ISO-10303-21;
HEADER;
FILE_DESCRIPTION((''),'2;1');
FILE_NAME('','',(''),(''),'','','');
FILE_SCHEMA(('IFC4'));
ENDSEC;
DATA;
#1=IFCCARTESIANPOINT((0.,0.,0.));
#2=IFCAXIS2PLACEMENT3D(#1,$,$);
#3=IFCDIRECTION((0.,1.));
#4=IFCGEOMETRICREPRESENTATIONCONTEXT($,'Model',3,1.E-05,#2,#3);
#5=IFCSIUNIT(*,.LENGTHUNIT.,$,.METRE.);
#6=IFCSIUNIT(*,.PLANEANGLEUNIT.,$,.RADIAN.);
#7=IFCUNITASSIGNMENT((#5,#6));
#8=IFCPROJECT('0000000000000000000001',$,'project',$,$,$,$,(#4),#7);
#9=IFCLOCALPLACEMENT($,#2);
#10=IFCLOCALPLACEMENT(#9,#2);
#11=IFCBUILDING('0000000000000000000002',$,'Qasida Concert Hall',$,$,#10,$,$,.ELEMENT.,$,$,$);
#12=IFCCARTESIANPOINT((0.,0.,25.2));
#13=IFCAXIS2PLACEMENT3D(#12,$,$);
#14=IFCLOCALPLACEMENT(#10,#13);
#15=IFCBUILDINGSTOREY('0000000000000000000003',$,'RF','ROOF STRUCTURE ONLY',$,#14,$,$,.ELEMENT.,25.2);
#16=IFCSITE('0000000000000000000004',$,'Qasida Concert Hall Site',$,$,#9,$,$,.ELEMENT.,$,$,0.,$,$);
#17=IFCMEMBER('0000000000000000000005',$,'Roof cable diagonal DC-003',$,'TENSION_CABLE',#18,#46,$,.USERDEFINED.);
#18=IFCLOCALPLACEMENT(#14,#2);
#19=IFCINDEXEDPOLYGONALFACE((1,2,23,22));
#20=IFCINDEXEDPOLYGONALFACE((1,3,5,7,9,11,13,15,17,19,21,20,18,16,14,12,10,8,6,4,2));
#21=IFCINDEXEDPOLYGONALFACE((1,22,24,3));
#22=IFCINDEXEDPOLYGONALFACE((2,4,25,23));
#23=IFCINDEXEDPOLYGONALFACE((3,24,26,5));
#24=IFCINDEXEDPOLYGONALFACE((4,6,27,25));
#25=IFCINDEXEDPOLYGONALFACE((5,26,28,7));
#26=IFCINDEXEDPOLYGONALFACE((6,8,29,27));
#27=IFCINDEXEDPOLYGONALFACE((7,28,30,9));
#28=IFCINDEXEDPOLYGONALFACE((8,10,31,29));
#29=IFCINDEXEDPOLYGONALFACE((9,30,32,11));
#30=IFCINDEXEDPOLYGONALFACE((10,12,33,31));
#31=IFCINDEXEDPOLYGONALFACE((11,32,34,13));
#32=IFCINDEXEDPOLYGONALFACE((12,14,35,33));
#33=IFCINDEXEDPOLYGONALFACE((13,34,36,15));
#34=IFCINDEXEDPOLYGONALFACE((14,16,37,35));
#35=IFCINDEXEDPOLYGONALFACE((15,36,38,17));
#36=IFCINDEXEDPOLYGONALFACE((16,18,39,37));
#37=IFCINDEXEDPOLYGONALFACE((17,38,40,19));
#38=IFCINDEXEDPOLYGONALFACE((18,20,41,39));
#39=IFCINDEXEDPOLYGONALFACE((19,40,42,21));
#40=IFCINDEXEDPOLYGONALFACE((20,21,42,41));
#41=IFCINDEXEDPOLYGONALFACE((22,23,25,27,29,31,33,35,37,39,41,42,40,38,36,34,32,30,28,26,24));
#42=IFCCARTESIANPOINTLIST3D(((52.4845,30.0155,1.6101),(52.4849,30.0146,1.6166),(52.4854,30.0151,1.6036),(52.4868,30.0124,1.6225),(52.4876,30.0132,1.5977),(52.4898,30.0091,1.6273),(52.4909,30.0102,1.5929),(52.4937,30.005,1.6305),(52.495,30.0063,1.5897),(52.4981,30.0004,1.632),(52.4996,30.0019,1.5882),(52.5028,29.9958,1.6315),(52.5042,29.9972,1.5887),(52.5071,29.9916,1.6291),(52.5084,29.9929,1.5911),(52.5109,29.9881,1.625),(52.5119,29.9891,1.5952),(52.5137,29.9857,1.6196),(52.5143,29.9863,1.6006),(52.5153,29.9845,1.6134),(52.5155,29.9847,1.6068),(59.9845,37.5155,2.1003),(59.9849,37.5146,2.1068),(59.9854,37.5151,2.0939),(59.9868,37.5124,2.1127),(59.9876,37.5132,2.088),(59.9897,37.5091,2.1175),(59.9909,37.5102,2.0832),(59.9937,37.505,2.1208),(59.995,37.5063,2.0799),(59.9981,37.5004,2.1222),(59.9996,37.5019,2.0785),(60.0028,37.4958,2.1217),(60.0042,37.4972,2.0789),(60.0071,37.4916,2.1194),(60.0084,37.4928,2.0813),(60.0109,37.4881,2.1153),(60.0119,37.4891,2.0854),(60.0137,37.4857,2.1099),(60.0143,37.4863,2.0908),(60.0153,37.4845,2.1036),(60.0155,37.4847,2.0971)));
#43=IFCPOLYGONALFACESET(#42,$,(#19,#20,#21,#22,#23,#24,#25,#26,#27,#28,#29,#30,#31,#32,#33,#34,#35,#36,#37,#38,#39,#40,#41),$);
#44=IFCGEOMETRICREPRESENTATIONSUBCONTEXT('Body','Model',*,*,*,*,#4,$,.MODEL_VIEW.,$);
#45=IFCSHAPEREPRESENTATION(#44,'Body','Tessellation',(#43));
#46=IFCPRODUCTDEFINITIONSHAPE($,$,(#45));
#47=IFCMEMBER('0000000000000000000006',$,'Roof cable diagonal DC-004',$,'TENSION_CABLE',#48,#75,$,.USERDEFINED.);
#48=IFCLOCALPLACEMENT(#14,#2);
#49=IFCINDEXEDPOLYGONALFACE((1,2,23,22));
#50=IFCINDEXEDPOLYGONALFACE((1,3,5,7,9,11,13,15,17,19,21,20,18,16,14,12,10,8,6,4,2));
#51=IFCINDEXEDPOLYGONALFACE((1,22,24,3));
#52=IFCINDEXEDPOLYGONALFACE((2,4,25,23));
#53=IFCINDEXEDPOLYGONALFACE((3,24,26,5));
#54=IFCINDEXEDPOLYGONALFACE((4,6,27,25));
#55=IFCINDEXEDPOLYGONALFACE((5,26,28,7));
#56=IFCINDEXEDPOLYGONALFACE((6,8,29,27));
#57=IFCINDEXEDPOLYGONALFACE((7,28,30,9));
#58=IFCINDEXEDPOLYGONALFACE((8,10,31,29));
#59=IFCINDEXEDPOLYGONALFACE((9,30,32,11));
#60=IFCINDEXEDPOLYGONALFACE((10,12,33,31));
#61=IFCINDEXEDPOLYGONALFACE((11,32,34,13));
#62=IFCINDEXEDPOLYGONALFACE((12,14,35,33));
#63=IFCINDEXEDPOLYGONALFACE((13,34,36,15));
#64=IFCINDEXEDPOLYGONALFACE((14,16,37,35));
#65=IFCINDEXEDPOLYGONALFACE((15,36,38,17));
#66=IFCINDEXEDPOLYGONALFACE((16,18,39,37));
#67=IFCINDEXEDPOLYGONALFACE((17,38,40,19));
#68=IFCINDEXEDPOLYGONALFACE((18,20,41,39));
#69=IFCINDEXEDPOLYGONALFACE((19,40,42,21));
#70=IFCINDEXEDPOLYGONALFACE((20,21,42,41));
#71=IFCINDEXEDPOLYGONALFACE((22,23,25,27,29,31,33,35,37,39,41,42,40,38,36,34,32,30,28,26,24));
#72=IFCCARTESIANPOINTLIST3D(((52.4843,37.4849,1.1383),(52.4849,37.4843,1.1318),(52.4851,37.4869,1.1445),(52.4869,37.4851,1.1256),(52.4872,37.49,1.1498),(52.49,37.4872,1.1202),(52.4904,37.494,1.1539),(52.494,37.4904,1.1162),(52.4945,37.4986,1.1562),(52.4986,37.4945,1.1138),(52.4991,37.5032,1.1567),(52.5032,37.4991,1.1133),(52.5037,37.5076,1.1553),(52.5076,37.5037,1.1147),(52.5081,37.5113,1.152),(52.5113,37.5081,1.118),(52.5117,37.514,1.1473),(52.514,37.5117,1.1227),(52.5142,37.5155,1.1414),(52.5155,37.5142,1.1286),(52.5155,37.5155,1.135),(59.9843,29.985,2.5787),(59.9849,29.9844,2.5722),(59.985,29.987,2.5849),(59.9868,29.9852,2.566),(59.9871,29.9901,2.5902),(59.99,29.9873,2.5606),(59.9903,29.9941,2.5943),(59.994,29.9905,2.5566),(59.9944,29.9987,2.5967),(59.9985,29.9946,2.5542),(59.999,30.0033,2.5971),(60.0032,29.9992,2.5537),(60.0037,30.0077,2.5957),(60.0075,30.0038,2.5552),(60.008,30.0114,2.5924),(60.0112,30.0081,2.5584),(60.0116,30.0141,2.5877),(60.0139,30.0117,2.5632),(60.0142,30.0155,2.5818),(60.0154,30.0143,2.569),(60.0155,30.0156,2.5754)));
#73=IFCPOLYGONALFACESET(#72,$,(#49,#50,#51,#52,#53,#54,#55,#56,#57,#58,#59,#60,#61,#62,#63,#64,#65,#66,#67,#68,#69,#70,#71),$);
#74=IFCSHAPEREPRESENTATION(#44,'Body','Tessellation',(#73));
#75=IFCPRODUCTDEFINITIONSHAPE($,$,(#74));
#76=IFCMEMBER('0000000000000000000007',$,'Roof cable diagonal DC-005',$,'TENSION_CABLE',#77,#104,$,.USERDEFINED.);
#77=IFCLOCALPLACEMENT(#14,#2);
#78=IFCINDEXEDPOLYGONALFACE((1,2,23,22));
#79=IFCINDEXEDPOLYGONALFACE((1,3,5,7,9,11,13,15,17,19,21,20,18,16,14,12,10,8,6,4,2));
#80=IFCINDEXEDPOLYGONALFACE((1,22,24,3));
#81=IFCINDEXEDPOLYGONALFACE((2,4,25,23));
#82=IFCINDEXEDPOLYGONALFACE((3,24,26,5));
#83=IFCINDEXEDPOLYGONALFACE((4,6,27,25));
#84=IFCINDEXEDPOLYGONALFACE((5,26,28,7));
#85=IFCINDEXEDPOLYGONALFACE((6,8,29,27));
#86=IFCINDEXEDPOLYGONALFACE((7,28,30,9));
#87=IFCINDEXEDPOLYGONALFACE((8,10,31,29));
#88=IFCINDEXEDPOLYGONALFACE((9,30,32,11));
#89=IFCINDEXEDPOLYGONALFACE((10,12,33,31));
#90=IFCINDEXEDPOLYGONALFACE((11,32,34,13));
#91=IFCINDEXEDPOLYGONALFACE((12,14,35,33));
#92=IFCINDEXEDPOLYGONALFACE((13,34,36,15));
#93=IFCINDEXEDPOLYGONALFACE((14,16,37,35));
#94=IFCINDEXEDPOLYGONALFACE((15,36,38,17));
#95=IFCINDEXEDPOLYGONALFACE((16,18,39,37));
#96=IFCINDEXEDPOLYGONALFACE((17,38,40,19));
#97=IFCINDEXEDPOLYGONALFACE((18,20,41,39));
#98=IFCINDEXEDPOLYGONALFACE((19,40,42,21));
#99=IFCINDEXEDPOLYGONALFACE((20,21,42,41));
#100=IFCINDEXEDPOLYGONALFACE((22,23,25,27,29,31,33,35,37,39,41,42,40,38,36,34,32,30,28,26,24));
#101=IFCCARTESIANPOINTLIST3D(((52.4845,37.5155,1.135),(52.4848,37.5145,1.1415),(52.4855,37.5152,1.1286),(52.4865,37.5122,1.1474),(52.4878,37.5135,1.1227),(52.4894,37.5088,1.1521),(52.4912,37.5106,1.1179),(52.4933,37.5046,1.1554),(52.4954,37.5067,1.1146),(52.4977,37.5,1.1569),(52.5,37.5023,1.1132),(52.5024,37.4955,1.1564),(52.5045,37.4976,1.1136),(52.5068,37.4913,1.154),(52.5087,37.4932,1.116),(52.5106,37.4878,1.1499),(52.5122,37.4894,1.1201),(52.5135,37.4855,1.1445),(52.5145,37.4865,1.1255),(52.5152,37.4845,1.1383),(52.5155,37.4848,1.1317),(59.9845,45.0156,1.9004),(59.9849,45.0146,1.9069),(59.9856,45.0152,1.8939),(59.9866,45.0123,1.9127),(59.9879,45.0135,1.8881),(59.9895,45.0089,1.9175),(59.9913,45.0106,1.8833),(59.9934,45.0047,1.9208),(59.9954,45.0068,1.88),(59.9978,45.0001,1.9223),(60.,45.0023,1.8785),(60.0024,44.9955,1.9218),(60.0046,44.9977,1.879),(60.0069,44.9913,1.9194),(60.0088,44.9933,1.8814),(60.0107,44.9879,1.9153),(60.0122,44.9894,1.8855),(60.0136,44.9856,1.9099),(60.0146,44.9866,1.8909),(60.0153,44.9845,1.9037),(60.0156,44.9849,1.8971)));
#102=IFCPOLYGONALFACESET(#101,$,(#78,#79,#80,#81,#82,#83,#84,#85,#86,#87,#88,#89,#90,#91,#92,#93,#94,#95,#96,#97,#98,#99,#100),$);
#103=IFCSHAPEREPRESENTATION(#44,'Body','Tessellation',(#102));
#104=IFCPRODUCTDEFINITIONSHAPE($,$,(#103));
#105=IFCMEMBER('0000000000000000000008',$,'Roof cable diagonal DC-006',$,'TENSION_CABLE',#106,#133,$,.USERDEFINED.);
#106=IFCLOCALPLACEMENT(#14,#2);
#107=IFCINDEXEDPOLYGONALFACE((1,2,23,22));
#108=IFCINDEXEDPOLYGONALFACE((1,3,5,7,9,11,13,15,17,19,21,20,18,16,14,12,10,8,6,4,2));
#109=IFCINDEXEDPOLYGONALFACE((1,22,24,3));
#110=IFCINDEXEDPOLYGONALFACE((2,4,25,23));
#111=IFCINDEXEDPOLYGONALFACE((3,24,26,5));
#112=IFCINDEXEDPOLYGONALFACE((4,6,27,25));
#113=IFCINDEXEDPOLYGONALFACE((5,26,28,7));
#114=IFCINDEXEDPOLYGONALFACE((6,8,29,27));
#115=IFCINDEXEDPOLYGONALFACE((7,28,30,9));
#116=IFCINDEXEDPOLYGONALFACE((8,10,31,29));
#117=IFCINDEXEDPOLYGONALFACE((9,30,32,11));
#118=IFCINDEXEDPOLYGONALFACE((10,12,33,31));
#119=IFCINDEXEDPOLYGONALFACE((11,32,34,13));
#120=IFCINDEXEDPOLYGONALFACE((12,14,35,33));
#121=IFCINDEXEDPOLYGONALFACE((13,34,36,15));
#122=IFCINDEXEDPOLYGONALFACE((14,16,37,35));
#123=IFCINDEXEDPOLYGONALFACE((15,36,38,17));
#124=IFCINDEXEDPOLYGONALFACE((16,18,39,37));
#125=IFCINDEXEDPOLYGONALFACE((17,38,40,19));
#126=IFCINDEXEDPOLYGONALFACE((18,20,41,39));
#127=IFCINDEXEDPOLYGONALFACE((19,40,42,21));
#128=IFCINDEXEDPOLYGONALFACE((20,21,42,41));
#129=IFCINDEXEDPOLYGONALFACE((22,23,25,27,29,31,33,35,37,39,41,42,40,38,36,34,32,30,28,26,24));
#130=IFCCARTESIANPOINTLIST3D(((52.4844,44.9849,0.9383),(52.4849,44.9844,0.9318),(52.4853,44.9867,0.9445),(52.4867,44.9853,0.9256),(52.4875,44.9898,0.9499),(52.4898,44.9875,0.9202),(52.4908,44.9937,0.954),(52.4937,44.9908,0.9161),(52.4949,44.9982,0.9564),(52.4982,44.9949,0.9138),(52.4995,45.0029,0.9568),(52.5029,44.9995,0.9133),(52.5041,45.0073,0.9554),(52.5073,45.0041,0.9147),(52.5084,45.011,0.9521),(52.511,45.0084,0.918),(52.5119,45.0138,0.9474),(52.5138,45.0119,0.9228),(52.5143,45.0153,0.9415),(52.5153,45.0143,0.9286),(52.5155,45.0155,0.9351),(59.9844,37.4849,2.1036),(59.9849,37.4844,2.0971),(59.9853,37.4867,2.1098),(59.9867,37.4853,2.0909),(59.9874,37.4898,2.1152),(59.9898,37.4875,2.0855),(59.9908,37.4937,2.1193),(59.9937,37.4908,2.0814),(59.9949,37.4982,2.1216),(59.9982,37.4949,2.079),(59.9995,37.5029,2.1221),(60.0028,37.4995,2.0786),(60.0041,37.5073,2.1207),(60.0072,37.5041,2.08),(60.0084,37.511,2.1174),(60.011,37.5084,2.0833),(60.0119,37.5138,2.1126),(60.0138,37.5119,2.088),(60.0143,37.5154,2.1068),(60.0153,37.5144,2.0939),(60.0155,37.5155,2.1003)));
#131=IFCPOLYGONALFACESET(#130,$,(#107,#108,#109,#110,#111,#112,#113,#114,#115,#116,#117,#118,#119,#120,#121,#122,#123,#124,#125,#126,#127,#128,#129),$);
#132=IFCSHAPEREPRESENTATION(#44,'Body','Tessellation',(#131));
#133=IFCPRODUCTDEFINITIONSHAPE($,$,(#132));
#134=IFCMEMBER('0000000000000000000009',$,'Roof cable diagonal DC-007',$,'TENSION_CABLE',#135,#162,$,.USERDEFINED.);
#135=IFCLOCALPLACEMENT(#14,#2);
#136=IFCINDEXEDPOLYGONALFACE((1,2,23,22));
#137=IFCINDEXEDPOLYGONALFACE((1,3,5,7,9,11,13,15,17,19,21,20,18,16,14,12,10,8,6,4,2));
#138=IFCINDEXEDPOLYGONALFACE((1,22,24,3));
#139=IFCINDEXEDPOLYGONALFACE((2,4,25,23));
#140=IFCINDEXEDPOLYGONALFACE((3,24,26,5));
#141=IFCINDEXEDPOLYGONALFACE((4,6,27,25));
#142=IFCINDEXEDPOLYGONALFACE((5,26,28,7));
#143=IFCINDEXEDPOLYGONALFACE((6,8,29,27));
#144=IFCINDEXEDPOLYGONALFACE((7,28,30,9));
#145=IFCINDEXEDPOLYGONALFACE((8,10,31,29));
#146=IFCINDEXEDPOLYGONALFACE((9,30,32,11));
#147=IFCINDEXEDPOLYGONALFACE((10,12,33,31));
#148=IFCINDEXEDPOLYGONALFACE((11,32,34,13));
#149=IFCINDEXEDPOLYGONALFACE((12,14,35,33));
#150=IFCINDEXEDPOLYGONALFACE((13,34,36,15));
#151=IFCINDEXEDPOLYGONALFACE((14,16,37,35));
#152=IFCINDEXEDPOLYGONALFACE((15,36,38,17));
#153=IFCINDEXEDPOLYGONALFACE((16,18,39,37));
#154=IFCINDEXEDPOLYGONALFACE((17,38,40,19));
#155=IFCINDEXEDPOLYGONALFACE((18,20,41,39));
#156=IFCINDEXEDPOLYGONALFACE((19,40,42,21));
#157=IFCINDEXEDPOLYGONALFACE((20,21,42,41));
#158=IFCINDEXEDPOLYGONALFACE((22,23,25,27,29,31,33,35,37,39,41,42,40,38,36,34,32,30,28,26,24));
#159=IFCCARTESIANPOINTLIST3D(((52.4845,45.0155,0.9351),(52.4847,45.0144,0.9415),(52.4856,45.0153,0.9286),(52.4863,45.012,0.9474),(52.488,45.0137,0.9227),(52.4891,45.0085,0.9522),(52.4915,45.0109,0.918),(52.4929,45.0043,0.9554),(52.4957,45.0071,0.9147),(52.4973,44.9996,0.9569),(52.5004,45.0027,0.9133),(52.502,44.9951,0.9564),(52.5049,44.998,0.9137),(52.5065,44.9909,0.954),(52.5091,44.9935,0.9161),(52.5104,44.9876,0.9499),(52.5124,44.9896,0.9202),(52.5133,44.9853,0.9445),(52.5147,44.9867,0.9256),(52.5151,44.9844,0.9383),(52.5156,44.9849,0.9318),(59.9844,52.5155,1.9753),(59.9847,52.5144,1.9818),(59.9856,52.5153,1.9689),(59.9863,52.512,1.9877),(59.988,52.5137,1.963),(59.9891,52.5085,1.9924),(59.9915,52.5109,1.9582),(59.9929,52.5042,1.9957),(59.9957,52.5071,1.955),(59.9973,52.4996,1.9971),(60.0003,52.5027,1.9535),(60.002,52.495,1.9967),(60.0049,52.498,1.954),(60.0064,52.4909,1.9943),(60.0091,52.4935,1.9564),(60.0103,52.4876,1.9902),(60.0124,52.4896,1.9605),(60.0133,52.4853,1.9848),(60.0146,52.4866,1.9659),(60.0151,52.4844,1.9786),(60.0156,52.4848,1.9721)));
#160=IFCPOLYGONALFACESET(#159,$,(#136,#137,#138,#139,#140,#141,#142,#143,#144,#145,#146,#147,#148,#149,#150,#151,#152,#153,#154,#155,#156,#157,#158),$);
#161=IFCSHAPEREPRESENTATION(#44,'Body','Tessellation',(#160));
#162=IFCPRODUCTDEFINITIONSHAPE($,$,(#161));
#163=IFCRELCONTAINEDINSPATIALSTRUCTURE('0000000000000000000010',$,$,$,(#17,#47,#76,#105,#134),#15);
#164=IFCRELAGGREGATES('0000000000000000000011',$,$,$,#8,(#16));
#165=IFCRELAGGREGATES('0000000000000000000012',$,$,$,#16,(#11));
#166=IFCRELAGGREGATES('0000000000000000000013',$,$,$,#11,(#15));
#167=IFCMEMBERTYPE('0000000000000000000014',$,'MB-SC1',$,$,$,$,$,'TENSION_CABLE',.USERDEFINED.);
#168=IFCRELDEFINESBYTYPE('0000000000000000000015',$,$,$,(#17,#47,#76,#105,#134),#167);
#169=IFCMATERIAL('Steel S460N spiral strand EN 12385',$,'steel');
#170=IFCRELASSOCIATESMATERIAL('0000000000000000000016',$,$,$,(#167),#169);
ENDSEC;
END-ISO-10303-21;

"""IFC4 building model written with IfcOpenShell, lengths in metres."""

from ifc_helpers import new_model, si_unit, direction, frame, origin, origin_2d, place, context, subcontext, project, spatial, circle, extrude, material, material_profile, profile_set, type_object, element, save


model = new_model("IFC4")

# Units and contexts
model_context = context("Model", 3, precision=1e-05, world=origin(), true_north=direction((0.0, 1.0)))
body_context = subcontext(model_context, "Body", "Model", "MODEL_VIEW")
ifc_project = project(units=[si_unit("LENGTHUNIT", "METRE"), si_unit("PLANEANGLEUNIT", "RADIAN")], contexts=[model_context])

# Site, building, storey
site_placement = place(None, origin())
site = spatial("IfcSite", under=ifc_project, at=site_placement, Name="Qasida Concert Hall Site", CompositionType="ELEMENT", RefElevation=0.0)
building_placement = place(site_placement, origin())
building = spatial("IfcBuilding", under=site, at=building_placement, Name="Qasida Concert Hall", CompositionType="ELEMENT")
storey_placement = place(building_placement, frame((0.0, 0.0, 25.2)))
storey = spatial("IfcBuildingStorey", under=building, at=storey_placement, Name="RF", Description="ROOF STRUCTURE ONLY", CompositionType="ELEMENT", Elevation=25.2)

# Members
ifc_material_1 = material(Name="Steel S460N spiral strand EN 12385", Category="steel")
ifc_material_profile_1 = material_profile(ifc_material_1, circle(Radius=0.022, at=origin_2d()), Name="STRAND D44")
ifc_profile_set_1 = profile_set([ifc_material_profile_1], Name="Steel S460N spiral strand EN 12385")
member_type_1 = type_object("IfcMemberType", Name="MB-SC1", ElementType="TENSION_CABLE", PredefinedType="USERDEFINED", material=ifc_profile_set_1)
member_1_placement = place(storey_placement, frame((52.5, 30.0, 1.6101), z_axis=(0.706353, 0.706353, 0.04617), x_axis=(-0.707107, 0.707107, 0.0)))
element("IfcMember", 1, at=member_1_placement, inside=storey, type_object=member_type_1, Name="Roof cable diagonal DC-003", ObjectType="TENSION_CABLE", PredefinedType="USERDEFINED", context=body_context, shape_type="SweptSolid", body=[
    extrude(circle(Radius=0.022, at=origin_2d()), origin(), (0.0, 0.0, 1.0), 10.6179),
])
member_2_placement = place(storey_placement, frame((52.5, 37.5, 1.135), z_axis=(0.700675, -0.700675, 0.13457), x_axis=(0.707107, 0.707107, 0.0)))
element("IfcMember", 2, at=member_2_placement, inside=storey, type_object=member_type_1, Name="Roof cable diagonal DC-004", ObjectType="TENSION_CABLE", PredefinedType="USERDEFINED", context=body_context, shape_type="SweptSolid", body=[
    extrude(circle(Radius=0.022, at=origin_2d()), origin(), (0.0, 0.0, 1.0), 10.7039),
])
member_3_placement = place(storey_placement, frame((52.5, 37.5, 1.135), z_axis=(0.705273, 0.705273, 0.071974), x_axis=(-0.707107, 0.707107, 0.0)))
element("IfcMember", 3, at=member_3_placement, inside=storey, type_object=member_type_1, Name="Roof cable diagonal DC-005", ObjectType="TENSION_CABLE", PredefinedType="USERDEFINED", context=body_context, shape_type="SweptSolid", body=[
    extrude(circle(Radius=0.022, at=origin_2d()), origin(), (0.0, 0.0, 1.0), 10.6343),
])
member_4_placement = place(storey_placement, frame((52.5, 45.0, 0.9351), z_axis=(0.702878, -0.702878, 0.109207), x_axis=(0.707107, 0.707107, 0.0)))
element("IfcMember", 4, at=member_4_placement, inside=storey, type_object=member_type_1, Name="Roof cable diagonal DC-006", ObjectType="TENSION_CABLE", PredefinedType="USERDEFINED", context=body_context, shape_type="SweptSolid", body=[
    extrude(circle(Radius=0.022, at=origin_2d()), origin(), (0.0, 0.0, 1.0), 10.6704),
])
member_5_placement = place(storey_placement, frame((52.5, 45.0, 0.9351), z_axis=(0.70373, 0.70373, 0.09761), x_axis=(-0.707107, 0.707107, 0.0)))
element("IfcMember", 5, at=member_5_placement, inside=storey, type_object=member_type_1, Name="Roof cable diagonal DC-007", ObjectType="TENSION_CABLE", PredefinedType="USERDEFINED", context=body_context, shape_type="SweptSolid", body=[
    extrude(circle(Radius=0.022, at=origin_2d()), origin(), (0.0, 0.0, 1.0), 10.6575),
])

save(model, "model.ifc")
